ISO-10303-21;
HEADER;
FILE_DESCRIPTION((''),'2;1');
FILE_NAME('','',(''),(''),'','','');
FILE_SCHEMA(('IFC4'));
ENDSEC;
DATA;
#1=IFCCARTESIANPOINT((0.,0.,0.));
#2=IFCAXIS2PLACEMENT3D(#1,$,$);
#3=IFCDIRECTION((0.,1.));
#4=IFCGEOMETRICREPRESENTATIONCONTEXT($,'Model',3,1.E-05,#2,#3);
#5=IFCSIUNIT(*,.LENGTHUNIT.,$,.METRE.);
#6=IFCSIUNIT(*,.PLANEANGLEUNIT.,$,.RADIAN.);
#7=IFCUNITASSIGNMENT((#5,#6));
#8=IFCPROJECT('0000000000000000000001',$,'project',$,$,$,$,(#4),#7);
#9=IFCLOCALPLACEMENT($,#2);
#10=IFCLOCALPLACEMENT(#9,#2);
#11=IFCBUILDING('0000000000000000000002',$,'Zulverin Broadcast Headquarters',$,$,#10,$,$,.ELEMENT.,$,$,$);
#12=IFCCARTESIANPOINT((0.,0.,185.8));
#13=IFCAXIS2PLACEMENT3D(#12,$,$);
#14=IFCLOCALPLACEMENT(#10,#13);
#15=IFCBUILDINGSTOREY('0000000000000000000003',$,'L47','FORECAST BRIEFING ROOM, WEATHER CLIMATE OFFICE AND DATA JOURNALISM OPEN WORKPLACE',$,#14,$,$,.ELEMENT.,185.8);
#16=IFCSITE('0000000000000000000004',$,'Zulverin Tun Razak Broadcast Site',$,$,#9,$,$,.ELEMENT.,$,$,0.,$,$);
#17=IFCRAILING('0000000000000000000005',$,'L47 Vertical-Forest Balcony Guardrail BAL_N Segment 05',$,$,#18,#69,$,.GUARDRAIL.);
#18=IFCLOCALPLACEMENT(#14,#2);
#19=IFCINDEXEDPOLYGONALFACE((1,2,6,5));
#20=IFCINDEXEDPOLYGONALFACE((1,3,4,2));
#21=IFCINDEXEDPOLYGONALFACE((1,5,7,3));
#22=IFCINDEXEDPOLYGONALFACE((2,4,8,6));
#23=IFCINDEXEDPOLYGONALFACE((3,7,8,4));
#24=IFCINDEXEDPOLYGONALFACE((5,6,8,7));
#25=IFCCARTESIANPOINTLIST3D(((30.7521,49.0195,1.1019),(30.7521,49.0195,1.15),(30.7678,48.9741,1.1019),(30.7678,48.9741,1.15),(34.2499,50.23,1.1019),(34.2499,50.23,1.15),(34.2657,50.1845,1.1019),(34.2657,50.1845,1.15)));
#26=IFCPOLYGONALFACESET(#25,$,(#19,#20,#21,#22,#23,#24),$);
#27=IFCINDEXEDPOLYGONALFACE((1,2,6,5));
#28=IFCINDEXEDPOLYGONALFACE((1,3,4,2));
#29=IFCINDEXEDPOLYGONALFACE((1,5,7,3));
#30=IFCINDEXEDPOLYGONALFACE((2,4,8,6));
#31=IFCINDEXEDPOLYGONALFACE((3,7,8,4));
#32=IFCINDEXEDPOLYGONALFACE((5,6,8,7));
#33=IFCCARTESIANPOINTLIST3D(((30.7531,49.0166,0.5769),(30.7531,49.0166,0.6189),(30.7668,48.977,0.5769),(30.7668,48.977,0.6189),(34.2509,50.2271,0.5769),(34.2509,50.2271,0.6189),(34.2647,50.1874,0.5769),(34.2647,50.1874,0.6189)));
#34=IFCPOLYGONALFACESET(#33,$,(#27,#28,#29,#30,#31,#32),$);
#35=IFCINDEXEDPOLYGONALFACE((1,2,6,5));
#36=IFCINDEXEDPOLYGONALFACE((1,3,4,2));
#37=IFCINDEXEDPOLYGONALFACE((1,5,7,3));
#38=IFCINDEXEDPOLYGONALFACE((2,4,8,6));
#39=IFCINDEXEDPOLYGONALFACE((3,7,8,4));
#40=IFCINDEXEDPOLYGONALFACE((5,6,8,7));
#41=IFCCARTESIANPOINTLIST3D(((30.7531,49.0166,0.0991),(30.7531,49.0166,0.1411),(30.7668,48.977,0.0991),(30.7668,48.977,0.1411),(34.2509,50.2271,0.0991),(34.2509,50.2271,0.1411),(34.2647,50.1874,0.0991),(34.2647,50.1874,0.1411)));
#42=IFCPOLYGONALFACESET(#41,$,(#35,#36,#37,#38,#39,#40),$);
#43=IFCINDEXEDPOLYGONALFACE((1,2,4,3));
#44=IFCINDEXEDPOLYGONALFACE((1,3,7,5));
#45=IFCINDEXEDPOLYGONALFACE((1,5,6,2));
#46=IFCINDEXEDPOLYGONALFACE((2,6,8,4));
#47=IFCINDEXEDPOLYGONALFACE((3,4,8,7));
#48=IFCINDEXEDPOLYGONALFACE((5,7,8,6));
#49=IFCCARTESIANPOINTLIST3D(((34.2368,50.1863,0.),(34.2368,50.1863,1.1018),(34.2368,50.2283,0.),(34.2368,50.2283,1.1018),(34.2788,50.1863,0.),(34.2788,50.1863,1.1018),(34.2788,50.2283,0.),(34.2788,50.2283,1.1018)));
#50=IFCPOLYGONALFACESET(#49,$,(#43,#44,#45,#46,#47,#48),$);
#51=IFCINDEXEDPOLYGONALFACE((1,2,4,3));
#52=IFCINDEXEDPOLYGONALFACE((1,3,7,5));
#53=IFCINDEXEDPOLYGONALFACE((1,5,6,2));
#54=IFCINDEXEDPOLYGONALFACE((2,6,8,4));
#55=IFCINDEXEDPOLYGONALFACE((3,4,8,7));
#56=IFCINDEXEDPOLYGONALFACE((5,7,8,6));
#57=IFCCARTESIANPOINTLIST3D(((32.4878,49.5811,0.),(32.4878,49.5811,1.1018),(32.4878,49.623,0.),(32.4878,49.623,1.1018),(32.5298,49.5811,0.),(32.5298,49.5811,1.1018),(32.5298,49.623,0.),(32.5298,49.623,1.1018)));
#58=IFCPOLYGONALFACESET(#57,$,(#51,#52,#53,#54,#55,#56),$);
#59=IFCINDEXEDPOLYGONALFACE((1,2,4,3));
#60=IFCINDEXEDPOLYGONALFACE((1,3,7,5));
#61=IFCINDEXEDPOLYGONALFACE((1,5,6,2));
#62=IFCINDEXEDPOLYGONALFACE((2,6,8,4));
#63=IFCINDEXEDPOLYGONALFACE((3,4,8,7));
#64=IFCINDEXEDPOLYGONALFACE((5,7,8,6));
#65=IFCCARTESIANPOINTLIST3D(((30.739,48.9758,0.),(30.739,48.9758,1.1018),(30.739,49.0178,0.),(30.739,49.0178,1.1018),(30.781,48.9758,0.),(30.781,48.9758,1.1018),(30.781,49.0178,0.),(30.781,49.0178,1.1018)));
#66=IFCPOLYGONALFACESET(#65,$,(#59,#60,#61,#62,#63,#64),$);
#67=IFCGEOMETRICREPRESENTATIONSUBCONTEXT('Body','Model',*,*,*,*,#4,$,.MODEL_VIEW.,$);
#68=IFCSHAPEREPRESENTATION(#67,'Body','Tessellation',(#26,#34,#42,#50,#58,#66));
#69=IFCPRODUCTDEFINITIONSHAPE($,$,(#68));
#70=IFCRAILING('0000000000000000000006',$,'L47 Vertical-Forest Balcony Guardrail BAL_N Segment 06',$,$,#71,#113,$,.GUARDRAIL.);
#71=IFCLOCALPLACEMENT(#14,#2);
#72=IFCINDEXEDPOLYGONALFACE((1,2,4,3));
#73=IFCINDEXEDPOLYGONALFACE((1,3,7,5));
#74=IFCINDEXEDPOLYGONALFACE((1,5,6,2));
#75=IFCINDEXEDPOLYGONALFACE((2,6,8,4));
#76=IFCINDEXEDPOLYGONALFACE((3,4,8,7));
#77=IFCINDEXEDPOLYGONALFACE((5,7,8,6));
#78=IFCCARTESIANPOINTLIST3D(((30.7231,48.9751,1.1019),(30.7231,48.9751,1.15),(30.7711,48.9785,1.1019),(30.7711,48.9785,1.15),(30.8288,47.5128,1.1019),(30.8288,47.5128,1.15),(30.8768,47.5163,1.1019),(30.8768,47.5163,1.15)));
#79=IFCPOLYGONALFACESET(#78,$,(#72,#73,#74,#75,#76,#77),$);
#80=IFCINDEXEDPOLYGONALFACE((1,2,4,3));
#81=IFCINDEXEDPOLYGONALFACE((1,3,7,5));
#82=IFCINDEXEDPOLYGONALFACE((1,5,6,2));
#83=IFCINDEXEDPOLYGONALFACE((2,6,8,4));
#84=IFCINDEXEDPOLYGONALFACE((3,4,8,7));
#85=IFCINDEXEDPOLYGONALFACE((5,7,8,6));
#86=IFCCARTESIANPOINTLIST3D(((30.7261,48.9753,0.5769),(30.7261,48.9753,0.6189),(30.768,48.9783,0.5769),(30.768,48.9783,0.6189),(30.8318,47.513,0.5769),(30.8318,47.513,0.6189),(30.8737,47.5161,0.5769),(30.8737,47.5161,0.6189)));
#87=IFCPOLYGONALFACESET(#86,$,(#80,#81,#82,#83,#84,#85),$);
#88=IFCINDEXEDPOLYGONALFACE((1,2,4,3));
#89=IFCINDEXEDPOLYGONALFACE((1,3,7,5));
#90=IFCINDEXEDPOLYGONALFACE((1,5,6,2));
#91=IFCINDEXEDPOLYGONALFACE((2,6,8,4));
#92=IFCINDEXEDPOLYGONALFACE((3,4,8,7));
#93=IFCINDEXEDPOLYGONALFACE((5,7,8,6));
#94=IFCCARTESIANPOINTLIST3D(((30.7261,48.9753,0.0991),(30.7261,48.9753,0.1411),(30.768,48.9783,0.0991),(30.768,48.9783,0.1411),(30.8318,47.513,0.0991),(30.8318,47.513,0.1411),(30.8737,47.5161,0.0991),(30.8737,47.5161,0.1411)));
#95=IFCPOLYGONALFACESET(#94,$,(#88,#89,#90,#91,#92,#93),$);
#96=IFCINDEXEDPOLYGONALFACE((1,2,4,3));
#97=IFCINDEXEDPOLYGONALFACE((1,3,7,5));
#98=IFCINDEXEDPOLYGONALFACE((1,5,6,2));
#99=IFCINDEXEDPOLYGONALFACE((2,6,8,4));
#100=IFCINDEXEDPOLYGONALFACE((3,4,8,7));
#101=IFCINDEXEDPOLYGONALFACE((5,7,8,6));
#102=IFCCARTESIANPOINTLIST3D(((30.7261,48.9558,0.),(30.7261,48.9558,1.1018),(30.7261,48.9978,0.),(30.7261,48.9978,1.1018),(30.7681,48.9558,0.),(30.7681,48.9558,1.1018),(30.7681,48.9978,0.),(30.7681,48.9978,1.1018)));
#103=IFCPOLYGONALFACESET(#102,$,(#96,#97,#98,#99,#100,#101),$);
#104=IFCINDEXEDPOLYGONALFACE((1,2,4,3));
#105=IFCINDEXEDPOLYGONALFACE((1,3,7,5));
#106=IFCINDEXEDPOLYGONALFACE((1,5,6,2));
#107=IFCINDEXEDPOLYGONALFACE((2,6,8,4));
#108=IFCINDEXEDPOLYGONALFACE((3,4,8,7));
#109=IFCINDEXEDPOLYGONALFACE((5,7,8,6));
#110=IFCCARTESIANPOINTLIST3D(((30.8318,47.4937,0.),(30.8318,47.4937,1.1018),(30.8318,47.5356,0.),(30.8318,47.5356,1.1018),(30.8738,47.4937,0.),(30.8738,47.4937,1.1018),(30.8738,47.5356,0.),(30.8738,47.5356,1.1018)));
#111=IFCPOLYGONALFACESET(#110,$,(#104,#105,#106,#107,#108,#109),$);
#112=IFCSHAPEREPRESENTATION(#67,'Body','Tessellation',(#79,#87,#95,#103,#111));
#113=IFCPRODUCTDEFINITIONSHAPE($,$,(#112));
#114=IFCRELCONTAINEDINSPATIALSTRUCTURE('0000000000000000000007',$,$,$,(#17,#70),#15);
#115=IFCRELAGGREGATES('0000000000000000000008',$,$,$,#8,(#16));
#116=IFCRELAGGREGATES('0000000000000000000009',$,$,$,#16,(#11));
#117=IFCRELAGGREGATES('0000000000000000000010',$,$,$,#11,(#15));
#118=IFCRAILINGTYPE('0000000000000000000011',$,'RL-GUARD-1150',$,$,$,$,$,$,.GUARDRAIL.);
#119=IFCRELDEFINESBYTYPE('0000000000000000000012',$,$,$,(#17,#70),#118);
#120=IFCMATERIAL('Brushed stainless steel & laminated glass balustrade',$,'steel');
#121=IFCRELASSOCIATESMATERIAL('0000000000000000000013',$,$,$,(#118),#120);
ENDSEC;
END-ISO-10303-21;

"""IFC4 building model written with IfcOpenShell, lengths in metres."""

from ifc_helpers import new_model, si_unit, direction, frame, origin, origin_2d, place, context, subcontext, project, spatial, rectangle, extrude, material, type_object, element, save


model = new_model("IFC4")

# Units and contexts
model_context = context("Model", 3, precision=1e-05, world=origin(), true_north=direction((0.0, 1.0)))
body_context = subcontext(model_context, "Body", "Model", "MODEL_VIEW")
ifc_project = project(units=[si_unit("LENGTHUNIT", "METRE"), si_unit("PLANEANGLEUNIT", "RADIAN")], contexts=[model_context])

# Site, building, storey
site_placement = place(None, origin())
site = spatial("IfcSite", under=ifc_project, at=site_placement, Name="Zulverin Tun Razak Broadcast Site", CompositionType="ELEMENT", RefElevation=0.0)
building_placement = place(site_placement, origin())
building = spatial("IfcBuilding", under=site, at=building_placement, Name="Zulverin Broadcast Headquarters", CompositionType="ELEMENT")
storey_placement = place(building_placement, frame((0.0, 0.0, 185.8)))
storey = spatial("IfcBuildingStorey", under=building, at=storey_placement, Name="L47", Description="FORECAST BRIEFING ROOM, WEATHER CLIMATE OFFICE AND DATA JOURNALISM OPEN WORKPLACE", CompositionType="ELEMENT", Elevation=185.8)

# Railings
ifc_material_1 = material(Name="Brushed stainless steel & laminated glass balustrade", Category="steel")
railing_type = type_object("IfcRailingType", Name="RL-GUARD-1150", PredefinedType="GUARDRAIL", material=ifc_material_1)
railing_1_placement = place(storey_placement, frame((34.2578, 50.2073, 0.0)))
element("IfcRailing", 1, at=railing_1_placement, inside=storey, type_object=railing_type, Name="L47 Vertical-Forest Balcony Guardrail BAL_N Segment 05", PredefinedType="GUARDRAIL", context=body_context, shape_type="SweptSolid", body=[
    extrude(rectangle(XDim=0.0481, YDim=0.0481, at=origin_2d()), frame((0.0, 0.0, 1.126), z_axis=(-0.945014, -0.327031, 0.0), x_axis=(0.327031, -0.945014, 0.0)), (0.0, 0.0, 1.0), 3.7014),
    extrude(rectangle(XDim=0.042, YDim=0.042, at=origin_2d()), frame((0.0, 0.0, 0.5979), z_axis=(-0.945014, -0.327031, 0.0), x_axis=(0.327031, -0.945014, 0.0)), (0.0, 0.0, 1.0), 3.7014),
    extrude(rectangle(XDim=0.042, YDim=0.042, at=origin_2d()), frame((0.0, 0.0, 0.1201), z_axis=(-0.945014, -0.327031, 0.0), x_axis=(0.327031, -0.945014, 0.0)), (0.0, 0.0, 1.0), 3.7014),
    extrude(rectangle(XDim=0.042, YDim=0.042, at=origin_2d()), origin(), (0.0, 0.0, 1.0), 1.1018),
    extrude(rectangle(XDim=0.042, YDim=0.042, at=origin_2d()), frame((-1.749, -0.6052, 0.0)), (0.0, 0.0, 1.0), 1.1018),
    extrude(rectangle(XDim=0.042, YDim=0.042, at=origin_2d()), frame((-3.4978, -1.2104, 0.0)), (0.0, 0.0, 1.0), 1.1018),
])
railing_2_placement = place(storey_placement, frame((30.7471, 48.9768, 0.0)))
element("IfcRailing", 2, at=railing_2_placement, inside=storey, type_object=railing_type, Name="L47 Vertical-Forest Balcony Guardrail BAL_N Segment 06", PredefinedType="GUARDRAIL", context=body_context, shape_type="SweptSolid", body=[
    extrude(rectangle(XDim=0.0481, YDim=0.0481, at=origin_2d()), frame((0.0, 0.0, 1.126), z_axis=(0.072111, -0.997397, 0.0), x_axis=(0.997397, 0.072111, 0.0)), (0.0, 0.0, 1.0), 1.4661),
    extrude(rectangle(XDim=0.042, YDim=0.042, at=origin_2d()), frame((0.0, 0.0, 0.5979), z_axis=(0.072111, -0.997397, 0.0), x_axis=(0.997397, 0.072111, 0.0)), (0.0, 0.0, 1.0), 1.4661),
    extrude(rectangle(XDim=0.042, YDim=0.042, at=origin_2d()), frame((0.0, 0.0, 0.1201), z_axis=(0.072111, -0.997397, 0.0), x_axis=(0.997397, 0.072111, 0.0)), (0.0, 0.0, 1.0), 1.4661),
    extrude(rectangle(XDim=0.042, YDim=0.042, at=origin_2d()), origin(), (0.0, 0.0, 1.0), 1.1018),
    extrude(rectangle(XDim=0.042, YDim=0.042, at=origin_2d()), frame((0.1057, -1.4622, 0.0)), (0.0, 0.0, 1.0), 1.1018),
])

save(model, "model.ifc")
